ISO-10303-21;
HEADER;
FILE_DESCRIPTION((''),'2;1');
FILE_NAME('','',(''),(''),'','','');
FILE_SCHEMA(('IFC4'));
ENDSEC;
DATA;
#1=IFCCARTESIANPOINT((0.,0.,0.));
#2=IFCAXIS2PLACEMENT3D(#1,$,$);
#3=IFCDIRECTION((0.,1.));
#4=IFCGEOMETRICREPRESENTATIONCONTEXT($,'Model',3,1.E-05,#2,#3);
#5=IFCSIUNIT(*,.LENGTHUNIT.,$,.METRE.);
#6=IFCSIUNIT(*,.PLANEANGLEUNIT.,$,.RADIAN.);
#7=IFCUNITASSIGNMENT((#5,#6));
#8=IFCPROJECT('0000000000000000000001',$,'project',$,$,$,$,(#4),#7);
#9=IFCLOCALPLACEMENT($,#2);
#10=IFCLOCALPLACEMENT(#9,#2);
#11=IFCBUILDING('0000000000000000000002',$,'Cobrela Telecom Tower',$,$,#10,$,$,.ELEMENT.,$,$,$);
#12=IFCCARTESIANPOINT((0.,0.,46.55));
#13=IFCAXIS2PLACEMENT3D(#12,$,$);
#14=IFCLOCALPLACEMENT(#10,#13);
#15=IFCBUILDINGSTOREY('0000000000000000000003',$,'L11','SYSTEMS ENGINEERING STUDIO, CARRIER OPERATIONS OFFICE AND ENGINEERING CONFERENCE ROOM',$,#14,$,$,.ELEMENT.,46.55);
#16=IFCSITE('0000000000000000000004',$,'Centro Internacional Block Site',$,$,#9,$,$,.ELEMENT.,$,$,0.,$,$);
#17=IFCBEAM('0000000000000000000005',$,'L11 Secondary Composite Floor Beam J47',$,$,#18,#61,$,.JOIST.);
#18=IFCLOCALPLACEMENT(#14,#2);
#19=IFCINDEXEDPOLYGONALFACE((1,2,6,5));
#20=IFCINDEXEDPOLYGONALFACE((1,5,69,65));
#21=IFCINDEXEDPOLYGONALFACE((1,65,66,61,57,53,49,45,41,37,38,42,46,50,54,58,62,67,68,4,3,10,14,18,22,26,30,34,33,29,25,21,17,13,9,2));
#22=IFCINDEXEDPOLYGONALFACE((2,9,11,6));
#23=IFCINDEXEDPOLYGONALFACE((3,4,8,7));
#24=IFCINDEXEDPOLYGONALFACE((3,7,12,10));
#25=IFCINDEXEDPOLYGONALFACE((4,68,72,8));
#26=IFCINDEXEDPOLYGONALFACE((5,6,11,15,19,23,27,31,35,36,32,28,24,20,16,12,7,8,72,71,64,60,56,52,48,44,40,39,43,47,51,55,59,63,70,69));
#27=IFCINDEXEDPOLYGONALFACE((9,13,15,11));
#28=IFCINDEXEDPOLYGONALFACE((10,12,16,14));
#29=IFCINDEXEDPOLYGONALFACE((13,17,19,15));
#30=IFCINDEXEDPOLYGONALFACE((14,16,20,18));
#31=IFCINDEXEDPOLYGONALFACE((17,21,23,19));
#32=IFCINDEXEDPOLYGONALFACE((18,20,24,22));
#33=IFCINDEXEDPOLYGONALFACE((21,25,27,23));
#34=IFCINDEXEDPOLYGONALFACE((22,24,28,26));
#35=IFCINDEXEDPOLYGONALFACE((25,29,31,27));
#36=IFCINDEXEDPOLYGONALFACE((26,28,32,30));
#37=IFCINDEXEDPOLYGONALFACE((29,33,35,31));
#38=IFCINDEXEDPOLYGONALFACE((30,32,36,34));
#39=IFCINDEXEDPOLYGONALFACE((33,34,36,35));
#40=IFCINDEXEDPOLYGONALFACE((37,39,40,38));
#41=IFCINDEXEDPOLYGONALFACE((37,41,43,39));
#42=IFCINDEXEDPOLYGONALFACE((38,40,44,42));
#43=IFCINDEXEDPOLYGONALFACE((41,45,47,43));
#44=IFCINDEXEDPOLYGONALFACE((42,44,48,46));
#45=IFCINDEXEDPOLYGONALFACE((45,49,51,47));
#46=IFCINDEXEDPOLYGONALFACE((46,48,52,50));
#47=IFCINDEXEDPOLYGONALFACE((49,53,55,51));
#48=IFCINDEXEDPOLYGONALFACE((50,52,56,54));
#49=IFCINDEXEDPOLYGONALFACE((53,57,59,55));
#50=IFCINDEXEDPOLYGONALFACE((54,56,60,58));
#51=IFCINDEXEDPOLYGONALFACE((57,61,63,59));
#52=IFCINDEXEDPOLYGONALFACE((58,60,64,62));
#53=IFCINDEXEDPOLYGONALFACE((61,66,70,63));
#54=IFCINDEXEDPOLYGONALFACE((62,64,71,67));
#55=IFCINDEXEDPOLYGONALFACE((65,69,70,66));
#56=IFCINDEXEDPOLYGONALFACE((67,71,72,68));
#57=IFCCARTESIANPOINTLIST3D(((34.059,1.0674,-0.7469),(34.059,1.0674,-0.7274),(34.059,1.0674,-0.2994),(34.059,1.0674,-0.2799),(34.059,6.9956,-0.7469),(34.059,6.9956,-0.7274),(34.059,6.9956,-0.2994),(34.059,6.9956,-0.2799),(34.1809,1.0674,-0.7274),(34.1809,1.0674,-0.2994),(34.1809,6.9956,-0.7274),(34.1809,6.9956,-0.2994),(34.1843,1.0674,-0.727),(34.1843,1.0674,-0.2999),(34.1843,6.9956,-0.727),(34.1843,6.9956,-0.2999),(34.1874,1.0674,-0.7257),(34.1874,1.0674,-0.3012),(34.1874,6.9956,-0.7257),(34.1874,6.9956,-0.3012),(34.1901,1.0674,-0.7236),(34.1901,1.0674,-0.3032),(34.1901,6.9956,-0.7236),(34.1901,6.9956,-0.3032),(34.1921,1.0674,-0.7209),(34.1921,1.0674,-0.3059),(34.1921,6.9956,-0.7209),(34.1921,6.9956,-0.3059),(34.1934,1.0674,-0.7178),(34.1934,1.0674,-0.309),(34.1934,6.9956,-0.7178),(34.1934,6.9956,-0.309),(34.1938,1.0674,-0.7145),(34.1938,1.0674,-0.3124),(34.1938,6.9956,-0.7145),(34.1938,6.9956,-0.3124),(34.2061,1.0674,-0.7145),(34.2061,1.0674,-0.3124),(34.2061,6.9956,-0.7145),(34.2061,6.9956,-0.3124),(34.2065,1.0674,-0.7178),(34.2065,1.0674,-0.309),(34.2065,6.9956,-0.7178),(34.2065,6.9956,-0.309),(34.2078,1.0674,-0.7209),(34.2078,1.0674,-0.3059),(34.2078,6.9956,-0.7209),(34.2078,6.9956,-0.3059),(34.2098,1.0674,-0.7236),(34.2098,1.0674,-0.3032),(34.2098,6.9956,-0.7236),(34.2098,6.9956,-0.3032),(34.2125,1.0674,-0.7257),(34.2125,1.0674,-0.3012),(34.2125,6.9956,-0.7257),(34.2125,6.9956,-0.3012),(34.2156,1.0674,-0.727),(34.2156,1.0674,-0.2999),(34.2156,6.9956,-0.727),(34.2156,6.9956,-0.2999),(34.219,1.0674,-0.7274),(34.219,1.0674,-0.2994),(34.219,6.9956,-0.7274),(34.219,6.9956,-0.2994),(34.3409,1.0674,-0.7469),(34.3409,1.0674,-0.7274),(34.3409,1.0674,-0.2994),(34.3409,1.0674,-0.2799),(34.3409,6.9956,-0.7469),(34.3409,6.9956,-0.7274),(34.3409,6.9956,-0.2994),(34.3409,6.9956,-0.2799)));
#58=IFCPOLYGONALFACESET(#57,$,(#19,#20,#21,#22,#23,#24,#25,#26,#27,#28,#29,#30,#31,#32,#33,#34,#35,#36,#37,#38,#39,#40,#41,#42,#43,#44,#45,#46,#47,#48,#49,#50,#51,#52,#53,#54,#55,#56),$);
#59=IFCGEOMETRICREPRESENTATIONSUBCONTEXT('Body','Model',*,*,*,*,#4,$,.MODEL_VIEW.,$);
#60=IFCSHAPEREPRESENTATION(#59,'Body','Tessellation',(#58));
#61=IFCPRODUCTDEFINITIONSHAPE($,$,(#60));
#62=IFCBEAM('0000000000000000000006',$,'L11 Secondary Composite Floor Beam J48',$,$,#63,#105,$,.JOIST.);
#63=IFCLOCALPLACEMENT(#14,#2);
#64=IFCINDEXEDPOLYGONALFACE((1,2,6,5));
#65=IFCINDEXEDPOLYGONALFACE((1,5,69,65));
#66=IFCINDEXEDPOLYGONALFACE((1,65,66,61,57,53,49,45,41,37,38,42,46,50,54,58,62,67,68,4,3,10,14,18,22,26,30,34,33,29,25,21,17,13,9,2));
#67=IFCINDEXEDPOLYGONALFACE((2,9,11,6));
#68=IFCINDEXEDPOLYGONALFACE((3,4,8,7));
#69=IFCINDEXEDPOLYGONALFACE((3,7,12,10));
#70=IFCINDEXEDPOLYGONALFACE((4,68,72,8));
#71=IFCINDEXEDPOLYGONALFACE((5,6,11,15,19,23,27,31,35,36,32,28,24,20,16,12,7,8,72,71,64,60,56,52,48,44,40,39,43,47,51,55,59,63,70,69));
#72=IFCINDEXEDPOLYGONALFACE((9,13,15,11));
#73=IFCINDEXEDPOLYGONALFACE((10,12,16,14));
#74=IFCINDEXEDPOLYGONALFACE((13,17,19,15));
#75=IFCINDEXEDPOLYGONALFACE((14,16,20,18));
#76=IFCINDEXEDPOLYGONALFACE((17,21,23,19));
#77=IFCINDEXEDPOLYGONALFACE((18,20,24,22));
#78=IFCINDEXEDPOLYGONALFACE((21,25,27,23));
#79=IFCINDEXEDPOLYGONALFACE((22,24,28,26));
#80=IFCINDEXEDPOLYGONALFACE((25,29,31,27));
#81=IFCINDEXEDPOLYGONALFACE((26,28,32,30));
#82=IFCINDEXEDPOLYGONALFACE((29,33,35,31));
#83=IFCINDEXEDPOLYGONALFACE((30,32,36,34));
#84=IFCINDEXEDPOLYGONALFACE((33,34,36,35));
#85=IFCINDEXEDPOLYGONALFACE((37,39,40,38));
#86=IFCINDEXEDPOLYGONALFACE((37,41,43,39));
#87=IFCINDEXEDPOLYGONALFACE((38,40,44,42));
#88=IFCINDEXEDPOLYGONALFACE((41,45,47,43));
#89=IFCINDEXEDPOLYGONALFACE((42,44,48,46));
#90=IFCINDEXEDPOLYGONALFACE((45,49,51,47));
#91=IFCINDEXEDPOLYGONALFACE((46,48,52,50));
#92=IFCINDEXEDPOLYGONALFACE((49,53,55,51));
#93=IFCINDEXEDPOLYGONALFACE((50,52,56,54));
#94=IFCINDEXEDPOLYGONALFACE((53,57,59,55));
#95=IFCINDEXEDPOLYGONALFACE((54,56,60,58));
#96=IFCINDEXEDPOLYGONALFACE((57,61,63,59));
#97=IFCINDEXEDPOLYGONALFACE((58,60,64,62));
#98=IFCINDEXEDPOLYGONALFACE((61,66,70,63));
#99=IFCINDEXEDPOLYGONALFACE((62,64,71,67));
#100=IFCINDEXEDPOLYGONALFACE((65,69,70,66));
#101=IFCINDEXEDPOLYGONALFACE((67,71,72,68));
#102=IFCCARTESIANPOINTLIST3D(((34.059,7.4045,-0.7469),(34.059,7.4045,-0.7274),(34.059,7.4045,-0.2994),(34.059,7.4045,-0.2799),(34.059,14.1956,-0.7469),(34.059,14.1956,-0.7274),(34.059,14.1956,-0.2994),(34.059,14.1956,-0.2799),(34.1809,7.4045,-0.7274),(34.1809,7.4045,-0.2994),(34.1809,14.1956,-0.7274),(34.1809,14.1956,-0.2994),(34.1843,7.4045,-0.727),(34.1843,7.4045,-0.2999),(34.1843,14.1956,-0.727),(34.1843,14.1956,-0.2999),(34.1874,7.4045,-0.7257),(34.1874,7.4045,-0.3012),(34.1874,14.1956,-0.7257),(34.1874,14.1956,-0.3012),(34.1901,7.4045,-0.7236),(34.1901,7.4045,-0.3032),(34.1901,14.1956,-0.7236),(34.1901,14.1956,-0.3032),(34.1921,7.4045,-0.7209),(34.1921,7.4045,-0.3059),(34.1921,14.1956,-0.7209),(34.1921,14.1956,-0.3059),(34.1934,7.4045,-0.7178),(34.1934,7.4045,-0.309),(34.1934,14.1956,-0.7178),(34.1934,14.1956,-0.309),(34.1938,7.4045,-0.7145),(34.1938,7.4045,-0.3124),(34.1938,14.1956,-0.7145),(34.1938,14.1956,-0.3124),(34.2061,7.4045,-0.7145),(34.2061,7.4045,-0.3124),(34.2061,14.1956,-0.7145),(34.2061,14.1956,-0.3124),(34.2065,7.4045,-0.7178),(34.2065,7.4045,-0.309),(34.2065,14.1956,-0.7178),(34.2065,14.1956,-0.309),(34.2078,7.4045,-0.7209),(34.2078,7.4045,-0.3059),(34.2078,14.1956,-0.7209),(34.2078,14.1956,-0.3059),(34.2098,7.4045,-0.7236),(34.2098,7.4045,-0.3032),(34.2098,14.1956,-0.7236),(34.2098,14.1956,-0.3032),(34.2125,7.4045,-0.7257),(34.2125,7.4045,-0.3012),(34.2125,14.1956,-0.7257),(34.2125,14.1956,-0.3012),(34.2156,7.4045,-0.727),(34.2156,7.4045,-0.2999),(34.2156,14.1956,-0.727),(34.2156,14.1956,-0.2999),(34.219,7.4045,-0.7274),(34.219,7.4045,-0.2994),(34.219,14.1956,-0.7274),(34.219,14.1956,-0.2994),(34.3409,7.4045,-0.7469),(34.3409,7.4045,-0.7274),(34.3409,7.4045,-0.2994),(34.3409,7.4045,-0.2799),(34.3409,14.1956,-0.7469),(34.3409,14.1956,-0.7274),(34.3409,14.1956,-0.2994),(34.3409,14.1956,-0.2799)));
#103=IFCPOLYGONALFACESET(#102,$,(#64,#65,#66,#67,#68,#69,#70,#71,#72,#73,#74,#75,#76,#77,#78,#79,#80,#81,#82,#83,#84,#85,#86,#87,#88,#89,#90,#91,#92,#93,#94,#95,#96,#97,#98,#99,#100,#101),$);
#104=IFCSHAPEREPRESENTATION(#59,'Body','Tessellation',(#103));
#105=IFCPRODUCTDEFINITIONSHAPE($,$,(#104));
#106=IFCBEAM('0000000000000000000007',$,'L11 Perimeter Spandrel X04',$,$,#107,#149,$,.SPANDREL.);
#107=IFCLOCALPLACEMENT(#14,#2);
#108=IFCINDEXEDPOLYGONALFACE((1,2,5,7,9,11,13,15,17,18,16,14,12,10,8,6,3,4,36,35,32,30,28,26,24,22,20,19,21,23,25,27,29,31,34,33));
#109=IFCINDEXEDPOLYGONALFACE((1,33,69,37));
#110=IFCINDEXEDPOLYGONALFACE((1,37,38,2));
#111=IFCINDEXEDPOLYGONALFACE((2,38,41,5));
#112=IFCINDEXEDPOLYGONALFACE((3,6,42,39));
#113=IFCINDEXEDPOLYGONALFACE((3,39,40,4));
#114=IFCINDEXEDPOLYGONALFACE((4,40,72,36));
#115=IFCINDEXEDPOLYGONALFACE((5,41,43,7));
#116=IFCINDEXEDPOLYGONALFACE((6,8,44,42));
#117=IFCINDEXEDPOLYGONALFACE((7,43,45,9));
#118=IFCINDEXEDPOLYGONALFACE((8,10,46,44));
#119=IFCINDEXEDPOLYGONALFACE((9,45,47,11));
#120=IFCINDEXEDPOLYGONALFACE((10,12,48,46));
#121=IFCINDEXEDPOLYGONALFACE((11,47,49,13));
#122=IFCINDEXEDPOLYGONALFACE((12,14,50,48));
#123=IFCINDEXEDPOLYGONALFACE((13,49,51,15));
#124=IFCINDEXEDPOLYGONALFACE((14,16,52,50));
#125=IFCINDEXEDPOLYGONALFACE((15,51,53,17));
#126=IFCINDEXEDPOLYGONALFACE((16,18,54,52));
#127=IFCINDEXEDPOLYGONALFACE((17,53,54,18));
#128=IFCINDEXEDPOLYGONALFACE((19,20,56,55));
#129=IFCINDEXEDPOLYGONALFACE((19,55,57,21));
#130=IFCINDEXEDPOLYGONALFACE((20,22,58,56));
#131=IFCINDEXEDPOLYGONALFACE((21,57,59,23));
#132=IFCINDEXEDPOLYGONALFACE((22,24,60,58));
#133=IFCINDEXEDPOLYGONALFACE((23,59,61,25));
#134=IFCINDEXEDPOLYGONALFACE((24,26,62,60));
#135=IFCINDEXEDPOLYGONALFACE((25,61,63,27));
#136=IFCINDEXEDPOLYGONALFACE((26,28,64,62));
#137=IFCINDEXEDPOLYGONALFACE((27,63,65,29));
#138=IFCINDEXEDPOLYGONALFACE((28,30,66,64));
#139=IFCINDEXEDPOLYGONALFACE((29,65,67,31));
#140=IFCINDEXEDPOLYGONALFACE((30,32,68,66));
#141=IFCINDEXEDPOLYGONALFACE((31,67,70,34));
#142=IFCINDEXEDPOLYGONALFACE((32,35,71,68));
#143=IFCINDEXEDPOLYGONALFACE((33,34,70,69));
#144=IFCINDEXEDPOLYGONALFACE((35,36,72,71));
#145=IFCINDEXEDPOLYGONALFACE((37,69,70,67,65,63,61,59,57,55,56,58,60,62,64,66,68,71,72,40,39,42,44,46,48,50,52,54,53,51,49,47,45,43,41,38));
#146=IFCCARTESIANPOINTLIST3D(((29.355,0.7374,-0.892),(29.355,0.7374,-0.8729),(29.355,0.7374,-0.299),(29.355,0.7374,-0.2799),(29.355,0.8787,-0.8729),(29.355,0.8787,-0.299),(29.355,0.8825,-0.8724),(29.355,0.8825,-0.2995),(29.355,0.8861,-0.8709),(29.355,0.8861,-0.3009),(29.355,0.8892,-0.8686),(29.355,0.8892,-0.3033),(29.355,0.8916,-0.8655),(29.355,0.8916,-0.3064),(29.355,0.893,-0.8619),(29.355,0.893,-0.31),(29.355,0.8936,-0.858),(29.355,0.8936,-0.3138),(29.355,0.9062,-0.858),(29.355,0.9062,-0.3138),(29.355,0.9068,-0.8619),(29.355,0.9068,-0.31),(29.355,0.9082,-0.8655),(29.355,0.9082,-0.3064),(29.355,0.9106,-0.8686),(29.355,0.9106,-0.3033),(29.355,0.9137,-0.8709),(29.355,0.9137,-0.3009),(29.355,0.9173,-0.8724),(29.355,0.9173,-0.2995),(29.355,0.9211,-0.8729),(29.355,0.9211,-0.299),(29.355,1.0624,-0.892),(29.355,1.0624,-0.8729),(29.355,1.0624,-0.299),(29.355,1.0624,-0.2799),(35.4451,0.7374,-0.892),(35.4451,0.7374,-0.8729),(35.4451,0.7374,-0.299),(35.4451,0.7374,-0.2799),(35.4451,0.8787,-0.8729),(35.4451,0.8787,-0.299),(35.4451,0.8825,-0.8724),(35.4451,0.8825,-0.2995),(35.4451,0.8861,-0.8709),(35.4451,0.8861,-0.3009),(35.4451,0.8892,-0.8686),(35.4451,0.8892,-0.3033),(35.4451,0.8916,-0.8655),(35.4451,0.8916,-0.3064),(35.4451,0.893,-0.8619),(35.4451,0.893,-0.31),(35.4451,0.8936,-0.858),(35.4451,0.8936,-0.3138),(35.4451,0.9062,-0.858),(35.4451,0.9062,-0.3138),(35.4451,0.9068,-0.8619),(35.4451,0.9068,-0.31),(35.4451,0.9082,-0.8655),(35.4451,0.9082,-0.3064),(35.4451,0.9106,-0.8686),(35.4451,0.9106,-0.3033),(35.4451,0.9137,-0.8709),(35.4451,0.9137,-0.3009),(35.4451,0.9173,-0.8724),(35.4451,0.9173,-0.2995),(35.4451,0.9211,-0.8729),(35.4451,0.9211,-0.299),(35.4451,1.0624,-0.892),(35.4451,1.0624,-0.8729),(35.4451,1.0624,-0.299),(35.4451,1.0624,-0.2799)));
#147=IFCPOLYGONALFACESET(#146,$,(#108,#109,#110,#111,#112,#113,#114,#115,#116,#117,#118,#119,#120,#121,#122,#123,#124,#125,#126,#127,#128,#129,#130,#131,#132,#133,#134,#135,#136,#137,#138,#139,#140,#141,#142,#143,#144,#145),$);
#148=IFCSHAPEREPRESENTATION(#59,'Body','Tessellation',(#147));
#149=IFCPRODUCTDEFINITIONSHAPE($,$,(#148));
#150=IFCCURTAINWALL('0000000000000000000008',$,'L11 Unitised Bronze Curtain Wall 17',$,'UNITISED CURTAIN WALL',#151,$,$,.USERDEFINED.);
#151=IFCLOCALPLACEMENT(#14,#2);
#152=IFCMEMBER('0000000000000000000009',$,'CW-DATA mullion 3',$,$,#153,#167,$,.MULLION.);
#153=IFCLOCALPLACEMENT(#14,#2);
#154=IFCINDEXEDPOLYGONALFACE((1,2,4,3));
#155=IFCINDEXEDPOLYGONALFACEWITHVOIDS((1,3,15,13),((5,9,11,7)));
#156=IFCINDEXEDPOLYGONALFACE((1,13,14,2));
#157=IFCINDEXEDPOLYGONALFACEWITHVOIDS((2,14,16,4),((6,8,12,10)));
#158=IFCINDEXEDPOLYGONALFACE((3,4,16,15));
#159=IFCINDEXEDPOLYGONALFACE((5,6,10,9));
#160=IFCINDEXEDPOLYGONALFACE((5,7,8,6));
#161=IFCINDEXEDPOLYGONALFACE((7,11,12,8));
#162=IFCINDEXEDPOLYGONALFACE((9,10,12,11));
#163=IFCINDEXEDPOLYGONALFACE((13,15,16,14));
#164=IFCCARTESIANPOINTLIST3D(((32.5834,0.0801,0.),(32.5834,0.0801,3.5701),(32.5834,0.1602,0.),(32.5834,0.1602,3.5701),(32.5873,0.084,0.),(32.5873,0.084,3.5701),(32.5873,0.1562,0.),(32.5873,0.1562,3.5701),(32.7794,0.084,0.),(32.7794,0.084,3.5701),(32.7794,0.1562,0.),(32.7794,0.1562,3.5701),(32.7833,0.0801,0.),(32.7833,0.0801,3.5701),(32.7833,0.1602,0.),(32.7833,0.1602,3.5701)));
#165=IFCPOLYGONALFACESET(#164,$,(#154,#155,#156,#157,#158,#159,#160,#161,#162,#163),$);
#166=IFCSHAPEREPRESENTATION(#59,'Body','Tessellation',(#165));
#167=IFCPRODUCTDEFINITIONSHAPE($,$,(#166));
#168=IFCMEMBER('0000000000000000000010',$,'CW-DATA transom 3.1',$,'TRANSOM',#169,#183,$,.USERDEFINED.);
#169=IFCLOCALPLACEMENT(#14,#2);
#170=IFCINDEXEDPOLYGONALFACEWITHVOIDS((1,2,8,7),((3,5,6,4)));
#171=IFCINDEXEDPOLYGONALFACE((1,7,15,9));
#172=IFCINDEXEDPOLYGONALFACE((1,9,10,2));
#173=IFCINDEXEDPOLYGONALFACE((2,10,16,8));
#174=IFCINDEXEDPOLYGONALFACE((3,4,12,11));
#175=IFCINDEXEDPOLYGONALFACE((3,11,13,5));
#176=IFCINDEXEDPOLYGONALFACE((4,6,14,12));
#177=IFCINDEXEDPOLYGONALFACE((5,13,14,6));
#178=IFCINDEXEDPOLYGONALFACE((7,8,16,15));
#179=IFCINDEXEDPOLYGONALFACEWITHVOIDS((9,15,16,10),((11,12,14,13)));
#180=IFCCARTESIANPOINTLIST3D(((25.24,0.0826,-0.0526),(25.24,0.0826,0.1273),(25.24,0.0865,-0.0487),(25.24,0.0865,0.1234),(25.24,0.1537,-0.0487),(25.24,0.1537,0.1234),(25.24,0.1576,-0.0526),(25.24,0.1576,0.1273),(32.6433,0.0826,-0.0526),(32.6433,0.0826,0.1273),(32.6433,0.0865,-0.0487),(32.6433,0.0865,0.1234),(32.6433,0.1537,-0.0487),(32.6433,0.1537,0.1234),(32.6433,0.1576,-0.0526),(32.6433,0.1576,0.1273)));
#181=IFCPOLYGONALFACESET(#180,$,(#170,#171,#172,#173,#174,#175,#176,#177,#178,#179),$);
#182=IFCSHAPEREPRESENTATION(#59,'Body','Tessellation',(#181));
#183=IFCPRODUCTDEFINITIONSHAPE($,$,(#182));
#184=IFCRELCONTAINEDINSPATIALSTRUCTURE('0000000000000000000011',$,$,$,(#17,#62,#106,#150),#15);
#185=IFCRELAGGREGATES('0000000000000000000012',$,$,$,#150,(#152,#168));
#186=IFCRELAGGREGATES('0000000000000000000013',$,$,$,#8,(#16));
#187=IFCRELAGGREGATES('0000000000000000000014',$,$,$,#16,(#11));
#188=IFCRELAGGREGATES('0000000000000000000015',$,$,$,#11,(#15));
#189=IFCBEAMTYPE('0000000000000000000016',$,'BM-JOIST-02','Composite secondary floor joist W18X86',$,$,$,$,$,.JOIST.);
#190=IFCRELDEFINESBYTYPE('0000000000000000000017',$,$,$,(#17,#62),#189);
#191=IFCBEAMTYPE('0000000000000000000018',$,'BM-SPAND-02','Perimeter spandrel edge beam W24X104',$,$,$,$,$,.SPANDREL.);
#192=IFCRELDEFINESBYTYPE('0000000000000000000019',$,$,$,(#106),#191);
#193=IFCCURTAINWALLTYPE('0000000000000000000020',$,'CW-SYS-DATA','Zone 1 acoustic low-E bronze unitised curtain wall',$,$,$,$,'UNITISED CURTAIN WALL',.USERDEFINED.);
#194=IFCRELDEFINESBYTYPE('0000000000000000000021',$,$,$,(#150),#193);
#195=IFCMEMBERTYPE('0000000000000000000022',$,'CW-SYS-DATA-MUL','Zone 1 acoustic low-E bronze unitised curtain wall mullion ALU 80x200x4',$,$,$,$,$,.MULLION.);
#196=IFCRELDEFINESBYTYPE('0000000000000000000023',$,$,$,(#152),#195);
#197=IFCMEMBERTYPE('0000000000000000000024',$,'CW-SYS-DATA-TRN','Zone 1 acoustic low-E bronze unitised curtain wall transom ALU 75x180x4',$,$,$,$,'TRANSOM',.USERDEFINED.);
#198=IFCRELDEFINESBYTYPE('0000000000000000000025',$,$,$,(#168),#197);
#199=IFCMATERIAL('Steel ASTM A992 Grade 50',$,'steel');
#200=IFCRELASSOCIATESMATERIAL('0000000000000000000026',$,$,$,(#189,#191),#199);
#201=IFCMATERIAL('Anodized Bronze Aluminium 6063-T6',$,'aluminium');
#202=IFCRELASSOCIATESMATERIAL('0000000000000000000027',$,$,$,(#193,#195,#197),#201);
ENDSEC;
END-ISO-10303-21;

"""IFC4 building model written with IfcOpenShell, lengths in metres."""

from ifc_helpers import new_model, si_unit, direction, frame, origin, origin_2d, place, context, subcontext, project, spatial, hollow_rectangle, i_section, extrude, material, material_profile, profile_set, type_object, element, aggregate, save


model = new_model("IFC4")

# Units and contexts
model_context = context("Model", 3, precision=1e-05, world=origin(), true_north=direction((0.0, 1.0)))
body_context = subcontext(model_context, "Body", "Model", "MODEL_VIEW")
ifc_project = project(units=[si_unit("LENGTHUNIT", "METRE"), si_unit("PLANEANGLEUNIT", "RADIAN")], contexts=[model_context])

# Site, building, storey
site_placement = place(None, origin())
site = spatial("IfcSite", under=ifc_project, at=site_placement, Name="Centro Internacional Block Site", CompositionType="ELEMENT", RefElevation=0.0)
building_placement = place(site_placement, origin())
building = spatial("IfcBuilding", under=site, at=building_placement, Name="Cobrela Telecom Tower", CompositionType="ELEMENT")
storey_placement = place(building_placement, frame((0.0, 0.0, 46.55)))
storey = spatial("IfcBuildingStorey", under=building, at=storey_placement, Name="L11", Description="SYSTEMS ENGINEERING STUDIO, CARRIER OPERATIONS OFFICE AND ENGINEERING CONFERENCE ROOM", CompositionType="ELEMENT", Elevation=46.55)

# Shared definitions
ifc_material_1 = material(Name="Steel ASTM A992 Grade 50", Category="steel")

# Beams
ifc_material_profile_1 = material_profile(ifc_material_1, i_section(OverallWidth=0.282, OverallDepth=0.467, WebThickness=0.0122, FlangeThickness=0.0195, FilletRadius=0.0129, at=origin_2d()), Name="W18X86")
ifc_profile_set_1 = profile_set([ifc_material_profile_1], Name="Steel ASTM A992 Grade 50")
beam_type_1 = type_object("IfcBeamType", Name="BM-JOIST-02", Description="Composite secondary floor joist W18X86", PredefinedType="JOIST", material=ifc_profile_set_1)
beam_1_placement = place(storey_placement, frame((34.2, 1.0674, -0.5134), z_axis=(0.0, 1.0, 0.0), x_axis=(-1.0, 0.0, 0.0)))
element("IfcBeam", 1, at=beam_1_placement, inside=storey, type_object=beam_type_1, Name="L11 Secondary Composite Floor Beam J47", PredefinedType="JOIST", context=body_context, shape_type="SweptSolid", body=[
    extrude(i_section(OverallWidth=0.282, OverallDepth=0.467, WebThickness=0.0122, FlangeThickness=0.0195, FilletRadius=0.0129, at=origin_2d()), origin(), (0.0, 0.0, 1.0), 5.9282),
])
beam_2_placement = place(storey_placement, frame((34.2, 7.4045, -0.5134), z_axis=(0.0, 1.0, 0.0), x_axis=(-1.0, 0.0, 0.0)))
element("IfcBeam", 2, at=beam_2_placement, inside=storey, type_object=beam_type_1, Name="L11 Secondary Composite Floor Beam J48", PredefinedType="JOIST", context=body_context, shape_type="SweptSolid", body=[
    extrude(i_section(OverallWidth=0.282, OverallDepth=0.467, WebThickness=0.0122, FlangeThickness=0.0195, FilletRadius=0.0129, at=origin_2d()), origin(), (0.0, 0.0, 1.0), 6.791),
])
ifc_material_profile_2 = material_profile(ifc_material_1, i_section(OverallWidth=0.325, OverallDepth=0.6121, WebThickness=0.0127, FlangeThickness=0.019, FilletRadius=0.0149, at=origin_2d()), Name="W24X104")
ifc_profile_set_2 = profile_set([ifc_material_profile_2], Name="Steel ASTM A992 Grade 50")
beam_type_2 = type_object("IfcBeamType", Name="BM-SPAND-02", Description="Perimeter spandrel edge beam W24X104", PredefinedType="SPANDREL", material=ifc_profile_set_2)
beam_3_placement = place(storey_placement, frame((29.355, 0.8999, -0.5859), z_axis=(1.0, 0.0, 0.0), x_axis=(0.0, 1.0, 0.0)))
element("IfcBeam", 3, at=beam_3_placement, inside=storey, type_object=beam_type_2, Name="L11 Perimeter Spandrel X04", PredefinedType="SPANDREL", context=body_context, shape_type="SweptSolid", body=[
    extrude(i_section(OverallWidth=0.325, OverallDepth=0.6121, WebThickness=0.0127, FlangeThickness=0.019, FilletRadius=0.0149, at=origin_2d()), origin(), (0.0, 0.0, 1.0), 6.0901),
])

# Curtain wall, members
ifc_material_2 = material(Name="Anodized Bronze Aluminium 6063-T6", Category="aluminium")
curtain_wall_type = type_object("IfcCurtainWallType", Name="CW-SYS-DATA", Description="Zone 1 acoustic low-E bronze unitised curtain wall", ElementType="UNITISED CURTAIN WALL", PredefinedType="USERDEFINED", material=ifc_material_2)
curtain_wall_placement = place(storey_placement, origin())
curtain_wall = element("IfcCurtainWall", 4, at=curtain_wall_placement, inside=storey, type_object=curtain_wall_type, Name="L11 Unitised Bronze Curtain Wall 17", ObjectType="UNITISED CURTAIN WALL", PredefinedType="USERDEFINED")
ifc_material_profile_3 = material_profile(ifc_material_2, hollow_rectangle(XDim=0.0801, YDim=0.2, WallThickness=0.0039, at=origin_2d()), Name="ALU 80x200x4")
ifc_profile_set_3 = profile_set([ifc_material_profile_3], Name="Anodized Bronze Aluminium 6063-T6")
member_type_1 = type_object("IfcMemberType", Name="CW-SYS-DATA-MUL", Description="Zone 1 acoustic low-E bronze unitised curtain wall mullion ALU 80x200x4", PredefinedType="MULLION", material=ifc_profile_set_3)
member_1_placement = place(storey_placement, frame((32.6833, 0.1201, 0.0), z_axis=(0.0, 0.0, 1.0), x_axis=(0.0, -1.0, 0.0)))
member_1 = element("IfcMember", 5, at=member_1_placement, type_object=member_type_1, Name="CW-DATA mullion 3", PredefinedType="MULLION", context=body_context, shape_type="SweptSolid", body=[
    extrude(hollow_rectangle(XDim=0.0801, YDim=0.2, WallThickness=0.0039, at=origin_2d()), origin(), (0.0, 0.0, 1.0), 3.5701),
])
ifc_material_profile_4 = material_profile(ifc_material_2, hollow_rectangle(XDim=0.075, YDim=0.1799, WallThickness=0.0039, at=origin_2d()), Name="ALU 75x180x4")
ifc_profile_set_4 = profile_set([ifc_material_profile_4], Name="Anodized Bronze Aluminium 6063-T6")
member_type_2 = type_object("IfcMemberType", Name="CW-SYS-DATA-TRN", Description="Zone 1 acoustic low-E bronze unitised curtain wall transom ALU 75x180x4", ElementType="TRANSOM", PredefinedType="USERDEFINED", material=ifc_profile_set_4)
member_2_placement = place(storey_placement, frame((32.6433, 0.1201, 0.0374), z_axis=(-1.0, 0.0, 0.0), x_axis=(0.0, -1.0, 0.0)))
member_2 = element("IfcMember", 6, at=member_2_placement, type_object=member_type_2, Name="CW-DATA transom 3.1", ObjectType="TRANSOM", PredefinedType="USERDEFINED", context=body_context, shape_type="SweptSolid", body=[
    extrude(hollow_rectangle(XDim=0.075, YDim=0.1799, WallThickness=0.0039, at=origin_2d()), origin(), (0.0, 0.0, 1.0), 7.4033),
])
aggregate(curtain_wall, [member_1, member_2])

save(model, "model.ifc")
